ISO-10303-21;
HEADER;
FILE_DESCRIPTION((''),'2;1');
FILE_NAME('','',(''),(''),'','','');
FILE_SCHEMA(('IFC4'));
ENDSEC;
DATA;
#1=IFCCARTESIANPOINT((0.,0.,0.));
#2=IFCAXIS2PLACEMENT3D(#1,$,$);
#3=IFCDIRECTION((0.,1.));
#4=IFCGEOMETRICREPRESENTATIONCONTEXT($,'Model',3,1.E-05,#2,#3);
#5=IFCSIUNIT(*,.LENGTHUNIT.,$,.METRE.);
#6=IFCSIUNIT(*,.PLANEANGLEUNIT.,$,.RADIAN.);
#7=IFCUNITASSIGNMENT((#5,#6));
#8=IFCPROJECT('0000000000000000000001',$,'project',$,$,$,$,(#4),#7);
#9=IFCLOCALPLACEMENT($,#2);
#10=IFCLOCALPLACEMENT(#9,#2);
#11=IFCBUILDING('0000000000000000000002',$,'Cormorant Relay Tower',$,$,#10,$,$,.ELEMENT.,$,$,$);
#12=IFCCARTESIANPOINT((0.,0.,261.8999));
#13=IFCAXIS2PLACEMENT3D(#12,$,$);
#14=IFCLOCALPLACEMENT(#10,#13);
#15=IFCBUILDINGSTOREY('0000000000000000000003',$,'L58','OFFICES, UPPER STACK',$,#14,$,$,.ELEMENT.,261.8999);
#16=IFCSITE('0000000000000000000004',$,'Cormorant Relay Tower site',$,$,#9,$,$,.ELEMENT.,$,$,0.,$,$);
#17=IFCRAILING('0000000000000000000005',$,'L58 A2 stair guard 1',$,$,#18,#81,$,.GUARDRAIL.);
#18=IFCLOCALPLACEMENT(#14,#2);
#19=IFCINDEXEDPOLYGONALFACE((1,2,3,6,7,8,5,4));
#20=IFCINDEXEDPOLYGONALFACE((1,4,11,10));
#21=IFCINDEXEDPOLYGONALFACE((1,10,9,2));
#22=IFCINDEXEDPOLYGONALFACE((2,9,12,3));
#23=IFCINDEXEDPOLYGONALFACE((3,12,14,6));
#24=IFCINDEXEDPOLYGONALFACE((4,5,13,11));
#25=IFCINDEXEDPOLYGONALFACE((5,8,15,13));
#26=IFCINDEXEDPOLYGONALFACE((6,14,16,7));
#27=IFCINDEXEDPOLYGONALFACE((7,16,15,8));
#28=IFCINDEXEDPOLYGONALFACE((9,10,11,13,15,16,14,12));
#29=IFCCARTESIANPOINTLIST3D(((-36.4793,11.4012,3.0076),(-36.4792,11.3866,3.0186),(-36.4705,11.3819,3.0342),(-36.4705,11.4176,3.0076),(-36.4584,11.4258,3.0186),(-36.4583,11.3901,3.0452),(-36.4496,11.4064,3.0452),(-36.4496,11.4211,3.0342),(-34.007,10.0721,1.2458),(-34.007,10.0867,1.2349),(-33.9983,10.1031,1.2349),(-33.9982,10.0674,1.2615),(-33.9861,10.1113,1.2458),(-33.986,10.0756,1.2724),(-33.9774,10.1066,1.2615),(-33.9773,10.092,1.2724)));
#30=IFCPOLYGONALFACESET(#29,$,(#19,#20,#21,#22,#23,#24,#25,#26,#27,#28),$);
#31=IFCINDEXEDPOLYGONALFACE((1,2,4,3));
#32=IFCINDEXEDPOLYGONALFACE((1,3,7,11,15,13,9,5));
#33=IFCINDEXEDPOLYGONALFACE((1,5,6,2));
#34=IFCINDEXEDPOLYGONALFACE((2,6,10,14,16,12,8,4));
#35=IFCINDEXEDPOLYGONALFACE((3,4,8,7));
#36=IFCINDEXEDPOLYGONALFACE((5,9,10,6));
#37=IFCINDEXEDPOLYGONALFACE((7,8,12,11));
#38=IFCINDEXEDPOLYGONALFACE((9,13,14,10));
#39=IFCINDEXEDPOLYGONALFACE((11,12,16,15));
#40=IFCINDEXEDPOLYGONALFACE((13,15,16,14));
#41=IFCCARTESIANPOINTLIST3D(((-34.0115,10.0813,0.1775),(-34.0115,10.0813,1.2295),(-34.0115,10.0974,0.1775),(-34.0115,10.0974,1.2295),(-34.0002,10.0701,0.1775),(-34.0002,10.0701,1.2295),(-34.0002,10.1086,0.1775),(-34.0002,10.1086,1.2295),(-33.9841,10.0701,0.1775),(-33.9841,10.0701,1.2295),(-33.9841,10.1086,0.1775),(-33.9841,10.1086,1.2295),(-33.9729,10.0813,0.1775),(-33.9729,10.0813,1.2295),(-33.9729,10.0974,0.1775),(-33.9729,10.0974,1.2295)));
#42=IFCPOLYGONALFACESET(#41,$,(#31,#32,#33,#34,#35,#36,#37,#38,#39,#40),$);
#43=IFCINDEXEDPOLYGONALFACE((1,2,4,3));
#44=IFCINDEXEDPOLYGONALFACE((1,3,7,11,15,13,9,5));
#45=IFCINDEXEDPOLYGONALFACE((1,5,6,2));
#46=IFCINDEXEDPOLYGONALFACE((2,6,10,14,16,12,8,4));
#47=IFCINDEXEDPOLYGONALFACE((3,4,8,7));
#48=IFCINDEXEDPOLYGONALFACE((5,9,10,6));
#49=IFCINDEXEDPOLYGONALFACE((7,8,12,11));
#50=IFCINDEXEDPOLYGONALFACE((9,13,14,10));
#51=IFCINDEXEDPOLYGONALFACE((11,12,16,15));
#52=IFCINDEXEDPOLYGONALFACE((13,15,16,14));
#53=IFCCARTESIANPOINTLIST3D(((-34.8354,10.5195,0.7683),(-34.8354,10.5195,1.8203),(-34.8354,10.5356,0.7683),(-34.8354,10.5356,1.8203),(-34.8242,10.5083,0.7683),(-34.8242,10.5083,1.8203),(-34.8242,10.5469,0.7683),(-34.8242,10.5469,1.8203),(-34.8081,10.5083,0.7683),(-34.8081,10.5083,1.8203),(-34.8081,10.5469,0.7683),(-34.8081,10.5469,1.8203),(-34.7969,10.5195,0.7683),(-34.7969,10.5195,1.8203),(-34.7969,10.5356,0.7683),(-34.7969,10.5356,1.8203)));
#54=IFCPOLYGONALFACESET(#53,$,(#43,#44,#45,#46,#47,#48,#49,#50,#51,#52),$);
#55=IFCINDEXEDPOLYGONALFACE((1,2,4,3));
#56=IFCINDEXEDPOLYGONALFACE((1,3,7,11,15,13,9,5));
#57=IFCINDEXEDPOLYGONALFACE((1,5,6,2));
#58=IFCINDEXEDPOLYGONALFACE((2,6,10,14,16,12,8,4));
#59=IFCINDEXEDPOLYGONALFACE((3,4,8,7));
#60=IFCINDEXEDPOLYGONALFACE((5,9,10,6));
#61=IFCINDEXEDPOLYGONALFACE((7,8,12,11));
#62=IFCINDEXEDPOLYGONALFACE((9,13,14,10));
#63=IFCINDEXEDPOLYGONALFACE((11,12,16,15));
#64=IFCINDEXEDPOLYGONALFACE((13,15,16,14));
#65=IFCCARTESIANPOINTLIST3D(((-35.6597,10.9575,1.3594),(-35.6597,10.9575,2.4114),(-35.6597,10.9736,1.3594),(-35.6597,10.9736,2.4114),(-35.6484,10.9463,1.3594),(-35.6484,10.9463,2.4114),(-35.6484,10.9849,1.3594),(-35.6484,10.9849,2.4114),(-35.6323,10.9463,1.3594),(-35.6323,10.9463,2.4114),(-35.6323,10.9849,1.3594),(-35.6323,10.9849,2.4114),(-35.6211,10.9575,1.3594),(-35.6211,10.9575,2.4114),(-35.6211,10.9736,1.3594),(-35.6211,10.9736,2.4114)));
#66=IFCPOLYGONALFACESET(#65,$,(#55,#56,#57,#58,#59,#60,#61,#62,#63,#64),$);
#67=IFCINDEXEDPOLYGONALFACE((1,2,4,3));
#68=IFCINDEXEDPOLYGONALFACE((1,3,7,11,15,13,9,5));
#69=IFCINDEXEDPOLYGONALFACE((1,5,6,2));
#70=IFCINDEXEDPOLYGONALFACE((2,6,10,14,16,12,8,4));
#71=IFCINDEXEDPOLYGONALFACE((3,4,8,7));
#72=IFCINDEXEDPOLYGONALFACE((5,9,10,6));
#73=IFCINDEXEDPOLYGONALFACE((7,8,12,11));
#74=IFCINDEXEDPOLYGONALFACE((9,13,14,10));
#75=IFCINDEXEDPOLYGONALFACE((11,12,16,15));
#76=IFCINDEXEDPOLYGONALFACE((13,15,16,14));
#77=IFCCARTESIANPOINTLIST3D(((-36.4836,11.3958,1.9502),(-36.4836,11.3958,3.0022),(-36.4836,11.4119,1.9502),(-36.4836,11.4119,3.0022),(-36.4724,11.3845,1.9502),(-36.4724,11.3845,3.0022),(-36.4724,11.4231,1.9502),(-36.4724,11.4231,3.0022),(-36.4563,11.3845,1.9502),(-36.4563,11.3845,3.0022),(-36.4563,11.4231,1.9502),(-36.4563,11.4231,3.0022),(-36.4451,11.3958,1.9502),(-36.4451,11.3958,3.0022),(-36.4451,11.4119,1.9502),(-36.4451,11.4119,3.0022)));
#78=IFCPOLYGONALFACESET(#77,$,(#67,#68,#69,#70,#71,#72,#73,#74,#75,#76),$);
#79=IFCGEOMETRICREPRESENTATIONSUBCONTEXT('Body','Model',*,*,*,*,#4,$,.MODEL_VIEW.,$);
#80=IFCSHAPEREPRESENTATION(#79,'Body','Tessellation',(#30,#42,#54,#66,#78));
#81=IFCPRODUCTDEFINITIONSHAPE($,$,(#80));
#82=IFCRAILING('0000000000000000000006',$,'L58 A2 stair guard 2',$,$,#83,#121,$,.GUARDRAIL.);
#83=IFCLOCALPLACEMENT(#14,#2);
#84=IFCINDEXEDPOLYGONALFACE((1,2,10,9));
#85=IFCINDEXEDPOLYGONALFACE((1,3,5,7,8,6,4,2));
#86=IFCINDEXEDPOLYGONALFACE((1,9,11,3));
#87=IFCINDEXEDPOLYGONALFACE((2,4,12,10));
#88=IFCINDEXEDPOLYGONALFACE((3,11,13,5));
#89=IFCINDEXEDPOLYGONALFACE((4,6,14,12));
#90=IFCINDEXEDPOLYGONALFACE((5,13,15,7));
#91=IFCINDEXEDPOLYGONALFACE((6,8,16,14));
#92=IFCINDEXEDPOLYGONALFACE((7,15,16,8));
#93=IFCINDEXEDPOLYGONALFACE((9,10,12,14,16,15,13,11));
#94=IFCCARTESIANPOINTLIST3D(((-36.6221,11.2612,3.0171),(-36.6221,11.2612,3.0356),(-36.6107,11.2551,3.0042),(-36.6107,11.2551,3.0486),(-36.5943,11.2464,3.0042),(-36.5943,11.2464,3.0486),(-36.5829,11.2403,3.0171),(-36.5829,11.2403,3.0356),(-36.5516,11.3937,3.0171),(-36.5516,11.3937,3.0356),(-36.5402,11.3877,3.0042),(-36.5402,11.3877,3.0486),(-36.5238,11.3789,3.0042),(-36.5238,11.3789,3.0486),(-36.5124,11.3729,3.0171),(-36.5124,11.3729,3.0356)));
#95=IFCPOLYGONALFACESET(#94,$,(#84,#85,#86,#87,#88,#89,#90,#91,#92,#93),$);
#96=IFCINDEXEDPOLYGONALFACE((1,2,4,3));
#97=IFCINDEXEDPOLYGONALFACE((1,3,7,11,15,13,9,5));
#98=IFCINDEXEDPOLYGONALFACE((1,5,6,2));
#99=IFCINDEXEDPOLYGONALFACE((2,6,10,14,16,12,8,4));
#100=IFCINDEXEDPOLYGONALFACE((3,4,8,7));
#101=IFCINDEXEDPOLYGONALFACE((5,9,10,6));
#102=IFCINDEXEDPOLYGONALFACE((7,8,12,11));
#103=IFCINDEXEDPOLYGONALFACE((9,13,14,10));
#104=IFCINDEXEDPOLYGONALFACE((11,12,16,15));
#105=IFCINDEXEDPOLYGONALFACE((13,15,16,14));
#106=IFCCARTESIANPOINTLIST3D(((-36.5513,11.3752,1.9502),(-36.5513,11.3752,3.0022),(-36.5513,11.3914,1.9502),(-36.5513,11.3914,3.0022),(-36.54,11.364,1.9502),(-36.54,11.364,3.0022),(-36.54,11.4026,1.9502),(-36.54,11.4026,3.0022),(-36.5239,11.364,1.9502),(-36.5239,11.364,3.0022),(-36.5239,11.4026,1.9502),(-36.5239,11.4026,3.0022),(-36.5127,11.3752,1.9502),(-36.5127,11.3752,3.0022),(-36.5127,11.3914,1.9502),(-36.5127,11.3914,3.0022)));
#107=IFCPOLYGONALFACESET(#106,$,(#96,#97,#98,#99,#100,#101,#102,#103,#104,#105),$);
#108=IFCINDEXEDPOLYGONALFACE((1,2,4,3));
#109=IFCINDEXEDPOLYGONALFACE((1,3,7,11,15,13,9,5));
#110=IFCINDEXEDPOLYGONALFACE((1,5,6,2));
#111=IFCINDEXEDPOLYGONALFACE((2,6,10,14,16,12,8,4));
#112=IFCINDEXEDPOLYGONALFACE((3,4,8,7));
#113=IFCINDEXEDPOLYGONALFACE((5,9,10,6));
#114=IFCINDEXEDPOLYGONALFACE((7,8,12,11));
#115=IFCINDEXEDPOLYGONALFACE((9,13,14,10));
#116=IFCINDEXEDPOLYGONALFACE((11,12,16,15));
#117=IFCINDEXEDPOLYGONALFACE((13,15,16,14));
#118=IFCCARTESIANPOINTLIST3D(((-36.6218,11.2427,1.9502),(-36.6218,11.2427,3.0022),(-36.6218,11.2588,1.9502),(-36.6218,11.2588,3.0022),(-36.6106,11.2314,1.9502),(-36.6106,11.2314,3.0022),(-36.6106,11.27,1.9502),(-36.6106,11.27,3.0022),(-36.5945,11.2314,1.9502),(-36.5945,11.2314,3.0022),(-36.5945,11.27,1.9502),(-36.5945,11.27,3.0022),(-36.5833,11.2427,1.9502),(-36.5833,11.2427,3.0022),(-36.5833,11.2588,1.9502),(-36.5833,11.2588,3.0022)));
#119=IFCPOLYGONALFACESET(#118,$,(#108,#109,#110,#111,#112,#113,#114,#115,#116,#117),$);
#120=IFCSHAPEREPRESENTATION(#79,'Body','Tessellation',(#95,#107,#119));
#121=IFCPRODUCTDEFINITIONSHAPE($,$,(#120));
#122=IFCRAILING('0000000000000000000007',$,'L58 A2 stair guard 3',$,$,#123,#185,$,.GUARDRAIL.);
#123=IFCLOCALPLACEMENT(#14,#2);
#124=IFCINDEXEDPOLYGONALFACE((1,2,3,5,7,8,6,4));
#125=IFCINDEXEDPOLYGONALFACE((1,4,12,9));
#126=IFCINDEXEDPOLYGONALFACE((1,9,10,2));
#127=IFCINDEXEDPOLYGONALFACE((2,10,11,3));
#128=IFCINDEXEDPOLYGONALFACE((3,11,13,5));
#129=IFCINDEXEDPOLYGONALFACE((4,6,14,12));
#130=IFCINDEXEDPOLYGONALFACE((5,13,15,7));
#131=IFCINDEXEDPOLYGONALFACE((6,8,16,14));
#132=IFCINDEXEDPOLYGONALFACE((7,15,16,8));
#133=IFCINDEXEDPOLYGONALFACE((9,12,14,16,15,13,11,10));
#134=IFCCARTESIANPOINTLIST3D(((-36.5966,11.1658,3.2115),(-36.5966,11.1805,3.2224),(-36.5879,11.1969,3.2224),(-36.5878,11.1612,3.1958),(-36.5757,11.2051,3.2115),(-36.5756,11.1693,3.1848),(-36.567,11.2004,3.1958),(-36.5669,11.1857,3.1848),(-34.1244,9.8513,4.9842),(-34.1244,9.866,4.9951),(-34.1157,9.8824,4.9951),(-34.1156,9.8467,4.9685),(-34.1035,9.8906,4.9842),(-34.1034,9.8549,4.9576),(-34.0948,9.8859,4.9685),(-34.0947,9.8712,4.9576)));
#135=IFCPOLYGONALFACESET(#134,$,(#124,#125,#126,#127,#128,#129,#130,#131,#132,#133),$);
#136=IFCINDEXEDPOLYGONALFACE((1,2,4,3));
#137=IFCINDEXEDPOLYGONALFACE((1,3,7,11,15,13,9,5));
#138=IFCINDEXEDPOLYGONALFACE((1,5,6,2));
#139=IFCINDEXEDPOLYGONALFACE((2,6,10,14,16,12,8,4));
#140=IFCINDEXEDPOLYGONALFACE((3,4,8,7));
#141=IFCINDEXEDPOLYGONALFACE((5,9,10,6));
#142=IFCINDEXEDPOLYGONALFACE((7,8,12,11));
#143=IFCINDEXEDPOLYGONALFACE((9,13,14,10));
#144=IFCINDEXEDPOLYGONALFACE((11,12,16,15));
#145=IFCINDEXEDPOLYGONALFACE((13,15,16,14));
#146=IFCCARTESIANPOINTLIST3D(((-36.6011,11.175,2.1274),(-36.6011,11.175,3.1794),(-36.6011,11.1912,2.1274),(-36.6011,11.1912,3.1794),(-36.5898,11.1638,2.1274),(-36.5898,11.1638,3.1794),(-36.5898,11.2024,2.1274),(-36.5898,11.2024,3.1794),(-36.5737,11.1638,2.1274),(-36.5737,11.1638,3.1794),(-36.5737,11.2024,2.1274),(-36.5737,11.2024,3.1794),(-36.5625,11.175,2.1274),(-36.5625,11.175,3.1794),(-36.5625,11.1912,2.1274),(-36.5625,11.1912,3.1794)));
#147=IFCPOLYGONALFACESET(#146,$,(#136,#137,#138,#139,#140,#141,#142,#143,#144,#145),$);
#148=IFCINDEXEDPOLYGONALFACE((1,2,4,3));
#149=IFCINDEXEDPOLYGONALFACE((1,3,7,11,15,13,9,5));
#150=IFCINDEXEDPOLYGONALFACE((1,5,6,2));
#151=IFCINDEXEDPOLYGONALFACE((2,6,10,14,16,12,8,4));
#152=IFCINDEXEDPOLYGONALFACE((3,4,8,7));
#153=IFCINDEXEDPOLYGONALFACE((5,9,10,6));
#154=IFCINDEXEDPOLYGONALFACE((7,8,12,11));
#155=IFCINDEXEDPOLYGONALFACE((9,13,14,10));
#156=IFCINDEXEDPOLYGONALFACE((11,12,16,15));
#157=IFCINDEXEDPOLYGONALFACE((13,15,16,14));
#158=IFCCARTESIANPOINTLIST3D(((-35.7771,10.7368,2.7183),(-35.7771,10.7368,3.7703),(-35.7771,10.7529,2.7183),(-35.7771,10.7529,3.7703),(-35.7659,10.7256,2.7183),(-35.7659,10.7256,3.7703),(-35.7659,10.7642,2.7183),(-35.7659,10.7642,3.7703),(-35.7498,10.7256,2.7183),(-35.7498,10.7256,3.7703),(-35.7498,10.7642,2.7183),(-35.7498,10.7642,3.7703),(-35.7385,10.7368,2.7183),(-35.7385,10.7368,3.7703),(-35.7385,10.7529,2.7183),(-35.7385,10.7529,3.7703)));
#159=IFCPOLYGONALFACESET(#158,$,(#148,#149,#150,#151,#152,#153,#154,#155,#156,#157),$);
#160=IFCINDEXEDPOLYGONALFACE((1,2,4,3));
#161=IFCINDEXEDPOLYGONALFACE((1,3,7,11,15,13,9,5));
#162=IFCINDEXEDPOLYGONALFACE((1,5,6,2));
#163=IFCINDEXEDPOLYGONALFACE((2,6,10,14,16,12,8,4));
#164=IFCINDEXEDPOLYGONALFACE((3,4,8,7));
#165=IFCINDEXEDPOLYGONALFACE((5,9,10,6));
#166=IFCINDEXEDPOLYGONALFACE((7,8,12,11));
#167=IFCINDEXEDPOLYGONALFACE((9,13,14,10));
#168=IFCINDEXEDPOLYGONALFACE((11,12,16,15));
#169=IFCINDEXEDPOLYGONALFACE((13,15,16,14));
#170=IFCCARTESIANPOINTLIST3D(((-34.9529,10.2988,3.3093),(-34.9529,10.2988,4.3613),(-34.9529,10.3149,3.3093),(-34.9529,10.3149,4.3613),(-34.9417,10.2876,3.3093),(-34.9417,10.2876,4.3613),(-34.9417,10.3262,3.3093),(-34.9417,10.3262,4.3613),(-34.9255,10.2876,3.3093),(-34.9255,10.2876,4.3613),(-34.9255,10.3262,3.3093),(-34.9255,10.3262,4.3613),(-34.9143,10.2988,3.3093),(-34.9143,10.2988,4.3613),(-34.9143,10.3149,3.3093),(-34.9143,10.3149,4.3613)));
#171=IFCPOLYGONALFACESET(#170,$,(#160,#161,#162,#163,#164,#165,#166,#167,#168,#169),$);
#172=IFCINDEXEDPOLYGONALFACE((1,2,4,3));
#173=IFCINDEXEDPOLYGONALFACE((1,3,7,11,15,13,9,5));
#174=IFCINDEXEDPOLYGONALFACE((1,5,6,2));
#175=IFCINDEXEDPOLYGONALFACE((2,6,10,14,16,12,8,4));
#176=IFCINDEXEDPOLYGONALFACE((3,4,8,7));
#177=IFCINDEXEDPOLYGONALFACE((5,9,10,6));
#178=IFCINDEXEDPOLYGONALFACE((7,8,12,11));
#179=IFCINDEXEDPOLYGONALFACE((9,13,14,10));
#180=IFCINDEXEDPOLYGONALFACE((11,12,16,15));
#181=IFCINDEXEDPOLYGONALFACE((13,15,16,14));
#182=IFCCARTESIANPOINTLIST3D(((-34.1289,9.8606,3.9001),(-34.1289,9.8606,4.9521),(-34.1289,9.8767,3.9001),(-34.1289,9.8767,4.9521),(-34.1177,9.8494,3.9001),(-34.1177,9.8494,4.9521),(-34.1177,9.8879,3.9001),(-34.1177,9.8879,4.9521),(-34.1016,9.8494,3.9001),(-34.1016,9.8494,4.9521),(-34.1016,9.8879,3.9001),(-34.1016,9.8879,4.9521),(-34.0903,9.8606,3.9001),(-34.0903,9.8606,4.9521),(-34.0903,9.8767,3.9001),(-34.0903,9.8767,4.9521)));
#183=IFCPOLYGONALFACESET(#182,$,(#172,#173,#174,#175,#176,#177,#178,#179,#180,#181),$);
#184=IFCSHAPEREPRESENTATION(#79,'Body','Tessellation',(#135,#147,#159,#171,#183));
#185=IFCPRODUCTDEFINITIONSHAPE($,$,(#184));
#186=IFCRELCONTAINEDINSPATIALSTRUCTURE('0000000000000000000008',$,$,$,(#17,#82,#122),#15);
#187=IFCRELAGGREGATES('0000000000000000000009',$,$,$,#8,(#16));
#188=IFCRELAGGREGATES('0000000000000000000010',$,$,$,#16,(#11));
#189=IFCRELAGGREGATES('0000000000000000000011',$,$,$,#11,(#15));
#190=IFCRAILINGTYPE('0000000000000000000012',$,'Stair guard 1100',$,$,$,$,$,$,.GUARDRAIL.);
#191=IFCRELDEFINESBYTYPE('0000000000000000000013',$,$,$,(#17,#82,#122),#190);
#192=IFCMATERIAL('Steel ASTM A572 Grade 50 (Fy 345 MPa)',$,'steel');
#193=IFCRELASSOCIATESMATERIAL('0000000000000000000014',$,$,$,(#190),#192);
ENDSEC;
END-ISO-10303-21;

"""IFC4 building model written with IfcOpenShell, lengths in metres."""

from ifc_helpers import new_model, si_unit, direction, frame, origin, place, context, subcontext, project, spatial, polyline, outline, extrude, material, type_object, element, save


model = new_model("IFC4")

# Units and contexts
model_context = context("Model", 3, precision=1e-05, world=origin(), true_north=direction((0.0, 1.0)))
body_context = subcontext(model_context, "Body", "Model", "MODEL_VIEW")
ifc_project = project(units=[si_unit("LENGTHUNIT", "METRE"), si_unit("PLANEANGLEUNIT", "RADIAN")], contexts=[model_context])

# Site, building, storey
site_placement = place(None, origin())
site = spatial("IfcSite", under=ifc_project, at=site_placement, Name="Cormorant Relay Tower site", CompositionType="ELEMENT", RefElevation=0.0)
building_placement = place(site_placement, origin())
building = spatial("IfcBuilding", under=site, at=building_placement, Name="Cormorant Relay Tower", CompositionType="ELEMENT")
storey_placement = place(building_placement, frame((0.0, 0.0, 261.8999)))
storey = spatial("IfcBuildingStorey", under=building, at=storey_placement, Name="L58", Description="OFFICES, UPPER STACK", CompositionType="ELEMENT", Elevation=261.8999)

# Railings
ifc_material_1 = material(Name="Steel ASTM A572 Grade 50 (Fy 345 MPa)", Category="steel")
railing_type_1 = type_object("IfcRailingType", Name="Stair guard 1100", PredefinedType="GUARDRAIL", material=ifc_material_1)
railing_1_placement = place(storey_placement, frame((-33.9922, 10.0894, 0.1775)))
element("IfcRailing", 1, at=railing_1_placement, inside=storey, type_object=railing_type_1, Name="L58 A2 stair guard 1", PredefinedType="GUARDRAIL", context=body_context, shape_type="SweptSolid", body=[
    extrude(outline(polyline([(0.0222, 0.0093), (0.0093, 0.0222), (-0.0093, 0.0222), (-0.0222, 0.0093), (-0.0222, -0.0093), (-0.0093, -0.0222), (0.0093, -0.0222), (0.0222, -0.0093), (0.0222, 0.0093)])), frame((0.0, 0.0, 1.0762), z_axis=(-0.746001, 0.396649, 0.534931), x_axis=(-0.469465, -0.882951, 0.0)), (0.0, 0.0, 1.0), 3.314),
    extrude(outline(polyline([(0.0193, 0.0081), (0.0081, 0.0193), (-0.0081, 0.0193), (-0.0193, 0.0081), (-0.0193, -0.0081), (-0.0081, -0.0193), (0.0081, -0.0193), (0.0193, -0.0081), (0.0193, 0.0081)])), origin(), (0.0, 0.0, 1.0), 1.052),
    extrude(outline(polyline([(0.0193, 0.0081), (0.0081, 0.0193), (-0.0081, 0.0193), (-0.0193, 0.0081), (-0.0193, -0.0081), (-0.0081, -0.0193), (0.0081, -0.0193), (0.0193, -0.0081), (0.0193, 0.0081)])), frame((-0.824, 0.4382, 0.5908)), (0.0, 0.0, 1.0), 1.052),
    extrude(outline(polyline([(0.0193, 0.0081), (0.0081, 0.0193), (-0.0081, 0.0193), (-0.0193, 0.0081), (-0.0193, -0.0081), (-0.0081, -0.0193), (0.0081, -0.0193), (0.0193, -0.0081), (0.0193, 0.0081)])), frame((-1.6482, 0.8762, 1.1819)), (0.0, 0.0, 1.0), 1.052),
    extrude(outline(polyline([(0.0193, 0.0081), (0.0081, 0.0193), (-0.0081, 0.0193), (-0.0193, 0.0081), (-0.0193, -0.0081), (-0.0081, -0.0193), (0.0081, -0.0193), (0.0193, -0.0081), (0.0193, 0.0081)])), frame((-2.4722, 1.3145, 1.7727)), (0.0, 0.0, 1.0), 1.052),
])
railing_2_placement = place(storey_placement, frame((-36.532, 11.3833, 1.9502)))
element("IfcRailing", 2, at=railing_2_placement, inside=storey, type_object=railing_type_1, Name="L58 A2 stair guard 2", PredefinedType="GUARDRAIL", context=body_context, shape_type="SweptSolid", body=[
    extrude(outline(polyline([(0.0222, 0.0093), (0.0093, 0.0222), (-0.0093, 0.0222), (-0.0222, 0.0093), (-0.0222, -0.0093), (-0.0093, -0.0222), (0.0093, -0.0222), (0.0222, -0.0093), (0.0222, 0.0093)])), frame((0.0, 0.0, 1.0762), z_axis=(-0.469829, -0.882758, 0.0), x_axis=(0.882758, -0.469829, 0.0)), (0.0, 0.0, 1.0), 0.1501),
    extrude(outline(polyline([(0.0193, 0.0081), (0.0081, 0.0193), (-0.0081, 0.0193), (-0.0193, 0.0081), (-0.0193, -0.0081), (-0.0081, -0.0193), (0.0081, -0.0193), (0.0193, -0.0081), (0.0193, 0.0081)])), origin(), (0.0, 0.0, 1.0), 1.052),
    extrude(outline(polyline([(0.0193, 0.0081), (0.0081, 0.0193), (-0.0081, 0.0193), (-0.0193, 0.0081), (-0.0193, -0.0081), (-0.0081, -0.0193), (0.0081, -0.0193), (0.0193, -0.0081), (0.0193, 0.0081)])), frame((-0.0706, -0.1326, 0.0)), (0.0, 0.0, 1.0), 1.052),
])
railing_3_placement = place(storey_placement, frame((-36.5818, 11.1831, 2.1274)))
element("IfcRailing", 3, at=railing_3_placement, inside=storey, type_object=railing_type_1, Name="L58 A2 stair guard 3", PredefinedType="GUARDRAIL", context=body_context, shape_type="SweptSolid", body=[
    extrude(outline(polyline([(0.0222, 0.0093), (0.0093, 0.0222), (-0.0093, 0.0222), (-0.0222, 0.0093), (-0.0222, -0.0093), (-0.0093, -0.0222), (0.0093, -0.0222), (0.0222, -0.0093), (0.0222, 0.0093)])), frame((0.0, 0.0, 1.0762), z_axis=(0.746001, -0.396649, 0.534931), x_axis=(0.469465, 0.882951, 0.0)), (0.0, 0.0, 1.0), 3.314),
    extrude(outline(polyline([(0.0193, 0.0081), (0.0081, 0.0193), (-0.0081, 0.0193), (-0.0193, 0.0081), (-0.0193, -0.0081), (-0.0081, -0.0193), (0.0081, -0.0193), (0.0193, -0.0081), (0.0193, 0.0081)])), origin(), (0.0, 0.0, 1.0), 1.052),
    extrude(outline(polyline([(0.0193, 0.0081), (0.0081, 0.0193), (-0.0081, 0.0193), (-0.0193, 0.0081), (-0.0193, -0.0081), (-0.0081, -0.0193), (0.0081, -0.0193), (0.0193, -0.0081), (0.0193, 0.0081)])), frame((0.824, -0.4382, 0.5908)), (0.0, 0.0, 1.0), 1.052),
    extrude(outline(polyline([(0.0193, 0.0081), (0.0081, 0.0193), (-0.0081, 0.0193), (-0.0193, 0.0081), (-0.0193, -0.0081), (-0.0081, -0.0193), (0.0081, -0.0193), (0.0193, -0.0081), (0.0193, 0.0081)])), frame((1.6482, -0.8762, 1.1819)), (0.0, 0.0, 1.0), 1.052),
    extrude(outline(polyline([(0.0193, 0.0081), (0.0081, 0.0193), (-0.0081, 0.0193), (-0.0193, 0.0081), (-0.0193, -0.0081), (-0.0081, -0.0193), (0.0081, -0.0193), (0.0193, -0.0081), (0.0193, 0.0081)])), frame((2.4722, -1.3145, 1.7727)), (0.0, 0.0, 1.0), 1.052),
])

save(model, "model.ifc")
